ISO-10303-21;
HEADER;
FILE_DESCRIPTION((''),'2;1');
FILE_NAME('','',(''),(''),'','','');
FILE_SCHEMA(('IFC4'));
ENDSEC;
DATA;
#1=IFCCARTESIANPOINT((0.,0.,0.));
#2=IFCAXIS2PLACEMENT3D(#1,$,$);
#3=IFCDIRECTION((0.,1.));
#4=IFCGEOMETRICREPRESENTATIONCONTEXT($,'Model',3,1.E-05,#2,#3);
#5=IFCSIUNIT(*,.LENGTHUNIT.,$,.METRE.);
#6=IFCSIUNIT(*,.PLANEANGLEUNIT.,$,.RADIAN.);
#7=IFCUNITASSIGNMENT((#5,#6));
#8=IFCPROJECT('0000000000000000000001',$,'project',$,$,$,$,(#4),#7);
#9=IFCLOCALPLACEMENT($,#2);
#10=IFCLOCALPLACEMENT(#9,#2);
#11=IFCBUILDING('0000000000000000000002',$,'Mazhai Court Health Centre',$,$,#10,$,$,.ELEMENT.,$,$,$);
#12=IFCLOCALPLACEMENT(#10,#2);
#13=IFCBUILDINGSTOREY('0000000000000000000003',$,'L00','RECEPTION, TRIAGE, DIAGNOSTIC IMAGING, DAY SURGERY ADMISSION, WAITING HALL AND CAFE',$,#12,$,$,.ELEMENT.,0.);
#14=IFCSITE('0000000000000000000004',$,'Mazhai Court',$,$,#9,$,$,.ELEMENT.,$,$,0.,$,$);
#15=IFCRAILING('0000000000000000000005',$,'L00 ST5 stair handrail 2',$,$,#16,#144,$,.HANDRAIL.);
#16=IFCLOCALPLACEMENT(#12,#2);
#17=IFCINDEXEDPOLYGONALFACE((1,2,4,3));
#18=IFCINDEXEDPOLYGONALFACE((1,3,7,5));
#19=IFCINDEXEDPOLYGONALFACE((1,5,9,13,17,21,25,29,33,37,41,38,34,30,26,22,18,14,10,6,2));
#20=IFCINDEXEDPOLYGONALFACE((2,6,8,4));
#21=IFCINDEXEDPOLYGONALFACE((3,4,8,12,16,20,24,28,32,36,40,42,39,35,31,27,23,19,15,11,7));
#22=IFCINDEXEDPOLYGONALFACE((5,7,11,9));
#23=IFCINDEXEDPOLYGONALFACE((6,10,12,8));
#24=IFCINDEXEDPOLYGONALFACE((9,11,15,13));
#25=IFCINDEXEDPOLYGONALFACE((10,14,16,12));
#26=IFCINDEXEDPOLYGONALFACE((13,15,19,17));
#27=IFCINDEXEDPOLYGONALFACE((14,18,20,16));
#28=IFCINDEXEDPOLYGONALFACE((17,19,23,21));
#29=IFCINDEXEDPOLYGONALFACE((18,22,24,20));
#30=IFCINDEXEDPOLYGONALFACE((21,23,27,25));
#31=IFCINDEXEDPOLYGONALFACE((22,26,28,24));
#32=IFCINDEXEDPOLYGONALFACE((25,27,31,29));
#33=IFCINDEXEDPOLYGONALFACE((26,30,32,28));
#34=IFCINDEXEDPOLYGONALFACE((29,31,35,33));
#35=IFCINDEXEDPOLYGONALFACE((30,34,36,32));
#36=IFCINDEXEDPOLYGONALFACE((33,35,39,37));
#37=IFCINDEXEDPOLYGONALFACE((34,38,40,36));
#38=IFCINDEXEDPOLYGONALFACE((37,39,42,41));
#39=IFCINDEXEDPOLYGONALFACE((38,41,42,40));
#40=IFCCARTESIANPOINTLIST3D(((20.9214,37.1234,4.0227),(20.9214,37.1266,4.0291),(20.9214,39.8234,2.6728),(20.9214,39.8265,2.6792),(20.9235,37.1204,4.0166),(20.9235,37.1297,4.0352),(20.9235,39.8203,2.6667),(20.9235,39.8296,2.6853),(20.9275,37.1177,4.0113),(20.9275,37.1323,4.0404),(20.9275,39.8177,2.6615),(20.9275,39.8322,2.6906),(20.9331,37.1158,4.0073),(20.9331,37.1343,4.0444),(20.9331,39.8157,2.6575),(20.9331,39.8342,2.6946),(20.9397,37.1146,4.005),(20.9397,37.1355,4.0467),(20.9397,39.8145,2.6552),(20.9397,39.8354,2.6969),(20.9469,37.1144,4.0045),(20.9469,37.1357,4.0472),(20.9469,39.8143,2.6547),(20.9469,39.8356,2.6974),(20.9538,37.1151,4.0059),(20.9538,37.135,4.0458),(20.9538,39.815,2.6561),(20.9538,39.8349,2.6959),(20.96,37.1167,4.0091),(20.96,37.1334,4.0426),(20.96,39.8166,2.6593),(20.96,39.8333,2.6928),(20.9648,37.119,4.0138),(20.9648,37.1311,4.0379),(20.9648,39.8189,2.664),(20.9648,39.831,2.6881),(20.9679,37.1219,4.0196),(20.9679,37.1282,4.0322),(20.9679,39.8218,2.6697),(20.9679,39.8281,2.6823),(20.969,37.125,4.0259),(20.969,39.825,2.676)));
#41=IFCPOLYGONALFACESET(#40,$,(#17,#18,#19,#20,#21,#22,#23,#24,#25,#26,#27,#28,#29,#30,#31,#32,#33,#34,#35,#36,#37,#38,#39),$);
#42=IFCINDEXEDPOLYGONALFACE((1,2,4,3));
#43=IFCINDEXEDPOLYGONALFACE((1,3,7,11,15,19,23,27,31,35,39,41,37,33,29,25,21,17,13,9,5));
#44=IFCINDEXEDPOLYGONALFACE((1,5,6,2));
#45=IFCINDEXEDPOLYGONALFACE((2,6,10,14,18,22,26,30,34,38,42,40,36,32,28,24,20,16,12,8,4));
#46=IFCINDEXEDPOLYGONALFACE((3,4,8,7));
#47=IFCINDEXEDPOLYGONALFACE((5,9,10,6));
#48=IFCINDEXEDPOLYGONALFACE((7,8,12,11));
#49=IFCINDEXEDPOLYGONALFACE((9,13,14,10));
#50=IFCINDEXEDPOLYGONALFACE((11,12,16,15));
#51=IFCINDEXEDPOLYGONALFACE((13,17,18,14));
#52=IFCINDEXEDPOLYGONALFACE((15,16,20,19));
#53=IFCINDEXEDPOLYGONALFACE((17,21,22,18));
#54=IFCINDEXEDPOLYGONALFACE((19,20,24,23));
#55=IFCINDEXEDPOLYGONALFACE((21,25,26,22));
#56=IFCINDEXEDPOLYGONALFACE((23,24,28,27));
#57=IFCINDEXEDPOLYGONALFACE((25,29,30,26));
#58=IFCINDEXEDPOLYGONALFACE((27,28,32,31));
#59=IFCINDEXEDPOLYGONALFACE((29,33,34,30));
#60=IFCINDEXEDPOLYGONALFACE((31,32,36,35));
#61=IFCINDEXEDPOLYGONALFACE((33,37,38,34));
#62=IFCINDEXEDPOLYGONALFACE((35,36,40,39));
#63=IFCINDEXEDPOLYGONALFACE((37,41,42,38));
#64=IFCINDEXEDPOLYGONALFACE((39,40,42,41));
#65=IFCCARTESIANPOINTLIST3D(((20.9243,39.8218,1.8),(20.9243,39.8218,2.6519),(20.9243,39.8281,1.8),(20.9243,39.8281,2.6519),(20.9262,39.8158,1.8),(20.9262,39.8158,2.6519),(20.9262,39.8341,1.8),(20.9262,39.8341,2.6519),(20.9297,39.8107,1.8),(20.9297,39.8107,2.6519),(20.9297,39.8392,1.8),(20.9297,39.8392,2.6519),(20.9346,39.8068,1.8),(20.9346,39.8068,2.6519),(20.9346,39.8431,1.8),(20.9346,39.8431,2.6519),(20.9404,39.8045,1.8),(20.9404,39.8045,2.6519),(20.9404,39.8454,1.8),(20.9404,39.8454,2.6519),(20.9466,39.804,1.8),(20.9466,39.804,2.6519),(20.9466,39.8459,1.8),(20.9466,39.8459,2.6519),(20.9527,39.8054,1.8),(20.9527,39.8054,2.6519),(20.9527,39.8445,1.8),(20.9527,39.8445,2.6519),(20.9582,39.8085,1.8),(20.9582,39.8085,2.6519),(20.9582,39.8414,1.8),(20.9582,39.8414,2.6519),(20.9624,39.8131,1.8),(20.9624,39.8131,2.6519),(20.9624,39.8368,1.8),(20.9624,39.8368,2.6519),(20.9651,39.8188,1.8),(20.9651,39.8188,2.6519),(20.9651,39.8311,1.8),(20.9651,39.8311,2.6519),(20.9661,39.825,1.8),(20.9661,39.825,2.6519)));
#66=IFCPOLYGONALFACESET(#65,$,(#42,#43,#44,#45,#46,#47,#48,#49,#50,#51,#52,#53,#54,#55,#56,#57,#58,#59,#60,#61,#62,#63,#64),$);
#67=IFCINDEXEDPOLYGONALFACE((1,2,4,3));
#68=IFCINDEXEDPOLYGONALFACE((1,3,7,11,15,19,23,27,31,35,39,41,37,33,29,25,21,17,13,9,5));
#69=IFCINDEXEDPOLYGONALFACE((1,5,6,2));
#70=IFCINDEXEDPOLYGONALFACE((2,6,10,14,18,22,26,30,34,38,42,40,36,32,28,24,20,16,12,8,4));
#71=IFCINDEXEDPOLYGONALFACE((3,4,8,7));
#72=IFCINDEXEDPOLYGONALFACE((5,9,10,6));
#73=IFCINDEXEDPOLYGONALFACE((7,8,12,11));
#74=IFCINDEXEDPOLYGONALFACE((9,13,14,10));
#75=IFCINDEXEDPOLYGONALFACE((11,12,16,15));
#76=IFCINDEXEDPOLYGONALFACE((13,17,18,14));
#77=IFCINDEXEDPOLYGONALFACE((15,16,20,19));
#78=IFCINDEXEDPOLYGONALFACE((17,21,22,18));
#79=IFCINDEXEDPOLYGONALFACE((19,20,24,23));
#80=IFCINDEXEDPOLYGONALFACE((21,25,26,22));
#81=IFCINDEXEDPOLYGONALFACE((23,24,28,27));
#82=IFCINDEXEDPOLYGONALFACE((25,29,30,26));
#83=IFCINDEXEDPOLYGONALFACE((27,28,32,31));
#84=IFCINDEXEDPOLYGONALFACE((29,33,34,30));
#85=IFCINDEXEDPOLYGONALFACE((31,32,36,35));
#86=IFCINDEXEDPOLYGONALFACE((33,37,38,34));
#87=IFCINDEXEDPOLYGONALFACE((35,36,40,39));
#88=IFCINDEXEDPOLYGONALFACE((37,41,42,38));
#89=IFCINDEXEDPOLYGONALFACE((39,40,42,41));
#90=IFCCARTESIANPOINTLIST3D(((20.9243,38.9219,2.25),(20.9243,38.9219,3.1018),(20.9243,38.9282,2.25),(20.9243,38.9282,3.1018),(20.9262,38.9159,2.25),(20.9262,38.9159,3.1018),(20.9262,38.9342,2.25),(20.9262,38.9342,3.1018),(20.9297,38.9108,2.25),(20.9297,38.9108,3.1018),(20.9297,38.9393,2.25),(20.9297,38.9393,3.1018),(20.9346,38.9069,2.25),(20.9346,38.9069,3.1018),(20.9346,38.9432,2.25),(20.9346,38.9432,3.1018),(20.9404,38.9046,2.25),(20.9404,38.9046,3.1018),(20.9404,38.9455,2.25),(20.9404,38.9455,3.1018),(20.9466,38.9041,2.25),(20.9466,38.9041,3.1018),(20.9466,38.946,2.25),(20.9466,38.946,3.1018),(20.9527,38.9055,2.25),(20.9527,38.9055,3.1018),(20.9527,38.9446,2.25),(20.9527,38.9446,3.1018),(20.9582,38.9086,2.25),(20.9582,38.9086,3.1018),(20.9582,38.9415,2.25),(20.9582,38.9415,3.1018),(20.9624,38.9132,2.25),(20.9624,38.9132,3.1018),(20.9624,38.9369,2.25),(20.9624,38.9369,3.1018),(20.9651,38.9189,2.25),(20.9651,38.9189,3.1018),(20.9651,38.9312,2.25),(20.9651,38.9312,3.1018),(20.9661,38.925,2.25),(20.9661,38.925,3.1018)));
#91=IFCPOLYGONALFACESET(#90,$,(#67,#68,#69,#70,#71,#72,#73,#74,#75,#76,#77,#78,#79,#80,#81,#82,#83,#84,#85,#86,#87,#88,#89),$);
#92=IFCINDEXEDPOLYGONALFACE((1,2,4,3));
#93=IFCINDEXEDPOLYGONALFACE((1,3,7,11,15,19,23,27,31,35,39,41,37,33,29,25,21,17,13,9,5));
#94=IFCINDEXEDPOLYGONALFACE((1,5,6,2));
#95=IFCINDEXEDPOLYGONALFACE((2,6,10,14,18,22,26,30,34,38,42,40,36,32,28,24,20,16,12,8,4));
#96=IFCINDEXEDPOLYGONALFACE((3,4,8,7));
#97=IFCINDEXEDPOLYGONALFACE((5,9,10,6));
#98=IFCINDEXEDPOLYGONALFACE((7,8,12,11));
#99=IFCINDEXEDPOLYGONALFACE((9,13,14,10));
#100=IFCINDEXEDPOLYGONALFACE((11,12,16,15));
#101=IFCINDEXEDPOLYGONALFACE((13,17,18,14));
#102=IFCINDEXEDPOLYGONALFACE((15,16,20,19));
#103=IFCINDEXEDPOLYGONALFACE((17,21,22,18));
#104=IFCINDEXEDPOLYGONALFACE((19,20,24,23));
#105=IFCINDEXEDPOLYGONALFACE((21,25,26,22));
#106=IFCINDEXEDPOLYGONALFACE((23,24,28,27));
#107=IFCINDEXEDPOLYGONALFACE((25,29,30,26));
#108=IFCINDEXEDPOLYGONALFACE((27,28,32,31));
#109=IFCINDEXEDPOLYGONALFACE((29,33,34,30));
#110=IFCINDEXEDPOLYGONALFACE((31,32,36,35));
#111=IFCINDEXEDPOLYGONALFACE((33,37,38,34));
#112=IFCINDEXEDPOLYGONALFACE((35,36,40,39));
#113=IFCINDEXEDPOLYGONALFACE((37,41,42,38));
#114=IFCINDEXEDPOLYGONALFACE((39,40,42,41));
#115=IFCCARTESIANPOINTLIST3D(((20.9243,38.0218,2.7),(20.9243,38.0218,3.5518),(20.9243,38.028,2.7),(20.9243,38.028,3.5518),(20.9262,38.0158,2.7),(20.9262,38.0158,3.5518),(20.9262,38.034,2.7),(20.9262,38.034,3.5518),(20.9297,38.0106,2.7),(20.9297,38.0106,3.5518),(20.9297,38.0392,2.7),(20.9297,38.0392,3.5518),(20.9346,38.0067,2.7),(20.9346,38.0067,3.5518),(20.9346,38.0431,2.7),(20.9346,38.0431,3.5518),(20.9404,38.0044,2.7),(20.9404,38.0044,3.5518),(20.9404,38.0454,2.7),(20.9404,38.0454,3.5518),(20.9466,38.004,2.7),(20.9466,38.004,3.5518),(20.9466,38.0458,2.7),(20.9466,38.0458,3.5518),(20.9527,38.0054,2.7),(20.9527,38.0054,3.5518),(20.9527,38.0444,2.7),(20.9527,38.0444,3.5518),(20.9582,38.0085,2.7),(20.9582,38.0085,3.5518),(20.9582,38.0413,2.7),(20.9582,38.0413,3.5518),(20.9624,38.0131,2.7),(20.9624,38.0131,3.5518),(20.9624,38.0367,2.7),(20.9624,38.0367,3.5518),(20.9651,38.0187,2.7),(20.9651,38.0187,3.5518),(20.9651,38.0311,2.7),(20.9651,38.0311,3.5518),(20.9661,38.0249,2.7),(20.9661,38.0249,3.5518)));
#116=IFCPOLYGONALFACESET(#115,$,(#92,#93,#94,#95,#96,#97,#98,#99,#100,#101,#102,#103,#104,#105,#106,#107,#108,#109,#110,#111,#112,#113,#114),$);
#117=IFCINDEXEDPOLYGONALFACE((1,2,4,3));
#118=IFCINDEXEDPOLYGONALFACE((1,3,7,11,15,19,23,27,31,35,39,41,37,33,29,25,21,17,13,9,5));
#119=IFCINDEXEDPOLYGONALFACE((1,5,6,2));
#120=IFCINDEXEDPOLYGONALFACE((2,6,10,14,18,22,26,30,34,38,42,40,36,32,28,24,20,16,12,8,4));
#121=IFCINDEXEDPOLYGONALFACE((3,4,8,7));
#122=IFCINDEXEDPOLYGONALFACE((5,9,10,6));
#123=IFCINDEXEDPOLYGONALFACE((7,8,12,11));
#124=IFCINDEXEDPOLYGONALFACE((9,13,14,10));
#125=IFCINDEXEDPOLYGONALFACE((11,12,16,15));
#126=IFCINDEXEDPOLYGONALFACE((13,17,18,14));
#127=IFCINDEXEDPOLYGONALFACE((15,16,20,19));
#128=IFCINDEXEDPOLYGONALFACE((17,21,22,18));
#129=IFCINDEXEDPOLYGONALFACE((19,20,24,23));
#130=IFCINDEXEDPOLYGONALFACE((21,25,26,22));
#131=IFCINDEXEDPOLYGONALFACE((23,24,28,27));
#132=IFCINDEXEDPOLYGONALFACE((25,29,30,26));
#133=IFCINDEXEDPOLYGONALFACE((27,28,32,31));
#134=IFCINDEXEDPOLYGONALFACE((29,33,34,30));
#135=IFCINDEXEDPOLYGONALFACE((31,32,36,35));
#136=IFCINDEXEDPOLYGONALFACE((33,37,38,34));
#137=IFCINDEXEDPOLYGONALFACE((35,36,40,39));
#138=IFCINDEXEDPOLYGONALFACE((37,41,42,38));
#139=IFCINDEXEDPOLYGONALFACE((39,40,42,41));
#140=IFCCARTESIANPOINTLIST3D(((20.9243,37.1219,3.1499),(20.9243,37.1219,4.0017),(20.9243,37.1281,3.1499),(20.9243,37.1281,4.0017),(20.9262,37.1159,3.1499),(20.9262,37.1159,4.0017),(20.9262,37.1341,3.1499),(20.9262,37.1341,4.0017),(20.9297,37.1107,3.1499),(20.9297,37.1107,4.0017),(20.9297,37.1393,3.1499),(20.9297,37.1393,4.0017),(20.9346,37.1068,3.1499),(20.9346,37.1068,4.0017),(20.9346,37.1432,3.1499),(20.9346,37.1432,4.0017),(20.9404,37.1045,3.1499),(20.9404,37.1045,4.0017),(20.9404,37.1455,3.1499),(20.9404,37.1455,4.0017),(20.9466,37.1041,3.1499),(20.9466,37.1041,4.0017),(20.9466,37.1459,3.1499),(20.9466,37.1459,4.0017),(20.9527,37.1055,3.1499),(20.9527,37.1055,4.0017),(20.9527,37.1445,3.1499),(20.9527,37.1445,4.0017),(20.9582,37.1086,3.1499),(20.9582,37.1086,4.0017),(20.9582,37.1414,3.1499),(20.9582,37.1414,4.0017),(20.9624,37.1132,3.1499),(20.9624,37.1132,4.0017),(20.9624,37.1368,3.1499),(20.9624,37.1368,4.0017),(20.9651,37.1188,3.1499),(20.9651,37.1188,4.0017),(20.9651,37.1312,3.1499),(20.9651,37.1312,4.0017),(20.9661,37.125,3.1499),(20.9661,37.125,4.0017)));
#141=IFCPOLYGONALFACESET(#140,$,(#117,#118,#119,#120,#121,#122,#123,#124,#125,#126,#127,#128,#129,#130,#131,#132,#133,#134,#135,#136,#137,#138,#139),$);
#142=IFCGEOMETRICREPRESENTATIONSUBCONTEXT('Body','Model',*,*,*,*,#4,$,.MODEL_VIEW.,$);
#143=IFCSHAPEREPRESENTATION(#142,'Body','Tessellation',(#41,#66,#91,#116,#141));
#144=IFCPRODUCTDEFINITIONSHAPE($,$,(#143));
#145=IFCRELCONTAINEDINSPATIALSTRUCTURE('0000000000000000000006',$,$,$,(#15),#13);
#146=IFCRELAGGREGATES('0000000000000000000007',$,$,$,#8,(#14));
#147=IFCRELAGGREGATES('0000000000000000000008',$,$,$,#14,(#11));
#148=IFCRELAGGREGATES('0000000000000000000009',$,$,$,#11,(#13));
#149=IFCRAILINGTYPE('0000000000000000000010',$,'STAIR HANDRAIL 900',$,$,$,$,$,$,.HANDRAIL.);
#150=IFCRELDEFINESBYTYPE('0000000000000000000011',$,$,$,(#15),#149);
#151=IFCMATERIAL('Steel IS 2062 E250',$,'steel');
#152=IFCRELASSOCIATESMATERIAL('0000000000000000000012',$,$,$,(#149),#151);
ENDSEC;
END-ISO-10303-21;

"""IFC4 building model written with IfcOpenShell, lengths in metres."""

from ifc_helpers import new_model, si_unit, direction, frame, origin, origin_2d, place, context, subcontext, project, spatial, circle, extrude, material, type_object, element, save


model = new_model("IFC4")

# Units and contexts
model_context = context("Model", 3, precision=1e-05, world=origin(), true_north=direction((0.0, 1.0)))
body_context = subcontext(model_context, "Body", "Model", "MODEL_VIEW")
ifc_project = project(units=[si_unit("LENGTHUNIT", "METRE"), si_unit("PLANEANGLEUNIT", "RADIAN")], contexts=[model_context])

# Site, building, storey
site_placement = place(None, origin())
site = spatial("IfcSite", under=ifc_project, at=site_placement, Name="Mazhai Court", CompositionType="ELEMENT", RefElevation=0.0)
building_placement = place(site_placement, origin())
building = spatial("IfcBuilding", under=site, at=building_placement, Name="Mazhai Court Health Centre", CompositionType="ELEMENT")
storey_placement = place(building_placement, origin())
storey = spatial("IfcBuildingStorey", under=building, at=storey_placement, Name="L00", Description="RECEPTION, TRIAGE, DIAGNOSTIC IMAGING, DAY SURGERY ADMISSION, WAITING HALL AND CAFE", CompositionType="ELEMENT", Elevation=0.0)

# Railing
ifc_material_1 = material(Name="Steel IS 2062 E250", Category="steel")
railing_type_1 = type_object("IfcRailingType", Name="STAIR HANDRAIL 900", PredefinedType="HANDRAIL", material=ifc_material_1)
railing_1_placement = place(storey_placement, frame((20.9451, 39.825, 1.8)))
element("IfcRailing", 1, at=railing_1_placement, inside=storey, type_object=railing_type_1, Name="L00 ST5 stair handrail 2", PredefinedType="HANDRAIL", context=body_context, shape_type="SweptSolid", body=[
    extrude(circle(Radius=0.0239, at=origin_2d()), frame((0.0, 0.0, 0.876), z_axis=(0.0, -0.894443, 0.447181), x_axis=(1.0, 0.0, 0.0)), (0.0, 0.0, 1.0), 3.0186),
    extrude(circle(Radius=0.021, at=origin_2d()), origin(), (0.0, 0.0, 1.0), 0.8518),
    extrude(circle(Radius=0.021, at=origin_2d()), frame((0.0, -0.8999, 0.45)), (0.0, 0.0, 1.0), 0.8518),
    extrude(circle(Radius=0.021, at=origin_2d()), frame((0.0, -1.8, 0.8999)), (0.0, 0.0, 1.0), 0.8518),
    extrude(circle(Radius=0.021, at=origin_2d()), frame((0.0, -2.7, 1.3499)), (0.0, 0.0, 1.0), 0.8518),
])

save(model, "model.ifc")
